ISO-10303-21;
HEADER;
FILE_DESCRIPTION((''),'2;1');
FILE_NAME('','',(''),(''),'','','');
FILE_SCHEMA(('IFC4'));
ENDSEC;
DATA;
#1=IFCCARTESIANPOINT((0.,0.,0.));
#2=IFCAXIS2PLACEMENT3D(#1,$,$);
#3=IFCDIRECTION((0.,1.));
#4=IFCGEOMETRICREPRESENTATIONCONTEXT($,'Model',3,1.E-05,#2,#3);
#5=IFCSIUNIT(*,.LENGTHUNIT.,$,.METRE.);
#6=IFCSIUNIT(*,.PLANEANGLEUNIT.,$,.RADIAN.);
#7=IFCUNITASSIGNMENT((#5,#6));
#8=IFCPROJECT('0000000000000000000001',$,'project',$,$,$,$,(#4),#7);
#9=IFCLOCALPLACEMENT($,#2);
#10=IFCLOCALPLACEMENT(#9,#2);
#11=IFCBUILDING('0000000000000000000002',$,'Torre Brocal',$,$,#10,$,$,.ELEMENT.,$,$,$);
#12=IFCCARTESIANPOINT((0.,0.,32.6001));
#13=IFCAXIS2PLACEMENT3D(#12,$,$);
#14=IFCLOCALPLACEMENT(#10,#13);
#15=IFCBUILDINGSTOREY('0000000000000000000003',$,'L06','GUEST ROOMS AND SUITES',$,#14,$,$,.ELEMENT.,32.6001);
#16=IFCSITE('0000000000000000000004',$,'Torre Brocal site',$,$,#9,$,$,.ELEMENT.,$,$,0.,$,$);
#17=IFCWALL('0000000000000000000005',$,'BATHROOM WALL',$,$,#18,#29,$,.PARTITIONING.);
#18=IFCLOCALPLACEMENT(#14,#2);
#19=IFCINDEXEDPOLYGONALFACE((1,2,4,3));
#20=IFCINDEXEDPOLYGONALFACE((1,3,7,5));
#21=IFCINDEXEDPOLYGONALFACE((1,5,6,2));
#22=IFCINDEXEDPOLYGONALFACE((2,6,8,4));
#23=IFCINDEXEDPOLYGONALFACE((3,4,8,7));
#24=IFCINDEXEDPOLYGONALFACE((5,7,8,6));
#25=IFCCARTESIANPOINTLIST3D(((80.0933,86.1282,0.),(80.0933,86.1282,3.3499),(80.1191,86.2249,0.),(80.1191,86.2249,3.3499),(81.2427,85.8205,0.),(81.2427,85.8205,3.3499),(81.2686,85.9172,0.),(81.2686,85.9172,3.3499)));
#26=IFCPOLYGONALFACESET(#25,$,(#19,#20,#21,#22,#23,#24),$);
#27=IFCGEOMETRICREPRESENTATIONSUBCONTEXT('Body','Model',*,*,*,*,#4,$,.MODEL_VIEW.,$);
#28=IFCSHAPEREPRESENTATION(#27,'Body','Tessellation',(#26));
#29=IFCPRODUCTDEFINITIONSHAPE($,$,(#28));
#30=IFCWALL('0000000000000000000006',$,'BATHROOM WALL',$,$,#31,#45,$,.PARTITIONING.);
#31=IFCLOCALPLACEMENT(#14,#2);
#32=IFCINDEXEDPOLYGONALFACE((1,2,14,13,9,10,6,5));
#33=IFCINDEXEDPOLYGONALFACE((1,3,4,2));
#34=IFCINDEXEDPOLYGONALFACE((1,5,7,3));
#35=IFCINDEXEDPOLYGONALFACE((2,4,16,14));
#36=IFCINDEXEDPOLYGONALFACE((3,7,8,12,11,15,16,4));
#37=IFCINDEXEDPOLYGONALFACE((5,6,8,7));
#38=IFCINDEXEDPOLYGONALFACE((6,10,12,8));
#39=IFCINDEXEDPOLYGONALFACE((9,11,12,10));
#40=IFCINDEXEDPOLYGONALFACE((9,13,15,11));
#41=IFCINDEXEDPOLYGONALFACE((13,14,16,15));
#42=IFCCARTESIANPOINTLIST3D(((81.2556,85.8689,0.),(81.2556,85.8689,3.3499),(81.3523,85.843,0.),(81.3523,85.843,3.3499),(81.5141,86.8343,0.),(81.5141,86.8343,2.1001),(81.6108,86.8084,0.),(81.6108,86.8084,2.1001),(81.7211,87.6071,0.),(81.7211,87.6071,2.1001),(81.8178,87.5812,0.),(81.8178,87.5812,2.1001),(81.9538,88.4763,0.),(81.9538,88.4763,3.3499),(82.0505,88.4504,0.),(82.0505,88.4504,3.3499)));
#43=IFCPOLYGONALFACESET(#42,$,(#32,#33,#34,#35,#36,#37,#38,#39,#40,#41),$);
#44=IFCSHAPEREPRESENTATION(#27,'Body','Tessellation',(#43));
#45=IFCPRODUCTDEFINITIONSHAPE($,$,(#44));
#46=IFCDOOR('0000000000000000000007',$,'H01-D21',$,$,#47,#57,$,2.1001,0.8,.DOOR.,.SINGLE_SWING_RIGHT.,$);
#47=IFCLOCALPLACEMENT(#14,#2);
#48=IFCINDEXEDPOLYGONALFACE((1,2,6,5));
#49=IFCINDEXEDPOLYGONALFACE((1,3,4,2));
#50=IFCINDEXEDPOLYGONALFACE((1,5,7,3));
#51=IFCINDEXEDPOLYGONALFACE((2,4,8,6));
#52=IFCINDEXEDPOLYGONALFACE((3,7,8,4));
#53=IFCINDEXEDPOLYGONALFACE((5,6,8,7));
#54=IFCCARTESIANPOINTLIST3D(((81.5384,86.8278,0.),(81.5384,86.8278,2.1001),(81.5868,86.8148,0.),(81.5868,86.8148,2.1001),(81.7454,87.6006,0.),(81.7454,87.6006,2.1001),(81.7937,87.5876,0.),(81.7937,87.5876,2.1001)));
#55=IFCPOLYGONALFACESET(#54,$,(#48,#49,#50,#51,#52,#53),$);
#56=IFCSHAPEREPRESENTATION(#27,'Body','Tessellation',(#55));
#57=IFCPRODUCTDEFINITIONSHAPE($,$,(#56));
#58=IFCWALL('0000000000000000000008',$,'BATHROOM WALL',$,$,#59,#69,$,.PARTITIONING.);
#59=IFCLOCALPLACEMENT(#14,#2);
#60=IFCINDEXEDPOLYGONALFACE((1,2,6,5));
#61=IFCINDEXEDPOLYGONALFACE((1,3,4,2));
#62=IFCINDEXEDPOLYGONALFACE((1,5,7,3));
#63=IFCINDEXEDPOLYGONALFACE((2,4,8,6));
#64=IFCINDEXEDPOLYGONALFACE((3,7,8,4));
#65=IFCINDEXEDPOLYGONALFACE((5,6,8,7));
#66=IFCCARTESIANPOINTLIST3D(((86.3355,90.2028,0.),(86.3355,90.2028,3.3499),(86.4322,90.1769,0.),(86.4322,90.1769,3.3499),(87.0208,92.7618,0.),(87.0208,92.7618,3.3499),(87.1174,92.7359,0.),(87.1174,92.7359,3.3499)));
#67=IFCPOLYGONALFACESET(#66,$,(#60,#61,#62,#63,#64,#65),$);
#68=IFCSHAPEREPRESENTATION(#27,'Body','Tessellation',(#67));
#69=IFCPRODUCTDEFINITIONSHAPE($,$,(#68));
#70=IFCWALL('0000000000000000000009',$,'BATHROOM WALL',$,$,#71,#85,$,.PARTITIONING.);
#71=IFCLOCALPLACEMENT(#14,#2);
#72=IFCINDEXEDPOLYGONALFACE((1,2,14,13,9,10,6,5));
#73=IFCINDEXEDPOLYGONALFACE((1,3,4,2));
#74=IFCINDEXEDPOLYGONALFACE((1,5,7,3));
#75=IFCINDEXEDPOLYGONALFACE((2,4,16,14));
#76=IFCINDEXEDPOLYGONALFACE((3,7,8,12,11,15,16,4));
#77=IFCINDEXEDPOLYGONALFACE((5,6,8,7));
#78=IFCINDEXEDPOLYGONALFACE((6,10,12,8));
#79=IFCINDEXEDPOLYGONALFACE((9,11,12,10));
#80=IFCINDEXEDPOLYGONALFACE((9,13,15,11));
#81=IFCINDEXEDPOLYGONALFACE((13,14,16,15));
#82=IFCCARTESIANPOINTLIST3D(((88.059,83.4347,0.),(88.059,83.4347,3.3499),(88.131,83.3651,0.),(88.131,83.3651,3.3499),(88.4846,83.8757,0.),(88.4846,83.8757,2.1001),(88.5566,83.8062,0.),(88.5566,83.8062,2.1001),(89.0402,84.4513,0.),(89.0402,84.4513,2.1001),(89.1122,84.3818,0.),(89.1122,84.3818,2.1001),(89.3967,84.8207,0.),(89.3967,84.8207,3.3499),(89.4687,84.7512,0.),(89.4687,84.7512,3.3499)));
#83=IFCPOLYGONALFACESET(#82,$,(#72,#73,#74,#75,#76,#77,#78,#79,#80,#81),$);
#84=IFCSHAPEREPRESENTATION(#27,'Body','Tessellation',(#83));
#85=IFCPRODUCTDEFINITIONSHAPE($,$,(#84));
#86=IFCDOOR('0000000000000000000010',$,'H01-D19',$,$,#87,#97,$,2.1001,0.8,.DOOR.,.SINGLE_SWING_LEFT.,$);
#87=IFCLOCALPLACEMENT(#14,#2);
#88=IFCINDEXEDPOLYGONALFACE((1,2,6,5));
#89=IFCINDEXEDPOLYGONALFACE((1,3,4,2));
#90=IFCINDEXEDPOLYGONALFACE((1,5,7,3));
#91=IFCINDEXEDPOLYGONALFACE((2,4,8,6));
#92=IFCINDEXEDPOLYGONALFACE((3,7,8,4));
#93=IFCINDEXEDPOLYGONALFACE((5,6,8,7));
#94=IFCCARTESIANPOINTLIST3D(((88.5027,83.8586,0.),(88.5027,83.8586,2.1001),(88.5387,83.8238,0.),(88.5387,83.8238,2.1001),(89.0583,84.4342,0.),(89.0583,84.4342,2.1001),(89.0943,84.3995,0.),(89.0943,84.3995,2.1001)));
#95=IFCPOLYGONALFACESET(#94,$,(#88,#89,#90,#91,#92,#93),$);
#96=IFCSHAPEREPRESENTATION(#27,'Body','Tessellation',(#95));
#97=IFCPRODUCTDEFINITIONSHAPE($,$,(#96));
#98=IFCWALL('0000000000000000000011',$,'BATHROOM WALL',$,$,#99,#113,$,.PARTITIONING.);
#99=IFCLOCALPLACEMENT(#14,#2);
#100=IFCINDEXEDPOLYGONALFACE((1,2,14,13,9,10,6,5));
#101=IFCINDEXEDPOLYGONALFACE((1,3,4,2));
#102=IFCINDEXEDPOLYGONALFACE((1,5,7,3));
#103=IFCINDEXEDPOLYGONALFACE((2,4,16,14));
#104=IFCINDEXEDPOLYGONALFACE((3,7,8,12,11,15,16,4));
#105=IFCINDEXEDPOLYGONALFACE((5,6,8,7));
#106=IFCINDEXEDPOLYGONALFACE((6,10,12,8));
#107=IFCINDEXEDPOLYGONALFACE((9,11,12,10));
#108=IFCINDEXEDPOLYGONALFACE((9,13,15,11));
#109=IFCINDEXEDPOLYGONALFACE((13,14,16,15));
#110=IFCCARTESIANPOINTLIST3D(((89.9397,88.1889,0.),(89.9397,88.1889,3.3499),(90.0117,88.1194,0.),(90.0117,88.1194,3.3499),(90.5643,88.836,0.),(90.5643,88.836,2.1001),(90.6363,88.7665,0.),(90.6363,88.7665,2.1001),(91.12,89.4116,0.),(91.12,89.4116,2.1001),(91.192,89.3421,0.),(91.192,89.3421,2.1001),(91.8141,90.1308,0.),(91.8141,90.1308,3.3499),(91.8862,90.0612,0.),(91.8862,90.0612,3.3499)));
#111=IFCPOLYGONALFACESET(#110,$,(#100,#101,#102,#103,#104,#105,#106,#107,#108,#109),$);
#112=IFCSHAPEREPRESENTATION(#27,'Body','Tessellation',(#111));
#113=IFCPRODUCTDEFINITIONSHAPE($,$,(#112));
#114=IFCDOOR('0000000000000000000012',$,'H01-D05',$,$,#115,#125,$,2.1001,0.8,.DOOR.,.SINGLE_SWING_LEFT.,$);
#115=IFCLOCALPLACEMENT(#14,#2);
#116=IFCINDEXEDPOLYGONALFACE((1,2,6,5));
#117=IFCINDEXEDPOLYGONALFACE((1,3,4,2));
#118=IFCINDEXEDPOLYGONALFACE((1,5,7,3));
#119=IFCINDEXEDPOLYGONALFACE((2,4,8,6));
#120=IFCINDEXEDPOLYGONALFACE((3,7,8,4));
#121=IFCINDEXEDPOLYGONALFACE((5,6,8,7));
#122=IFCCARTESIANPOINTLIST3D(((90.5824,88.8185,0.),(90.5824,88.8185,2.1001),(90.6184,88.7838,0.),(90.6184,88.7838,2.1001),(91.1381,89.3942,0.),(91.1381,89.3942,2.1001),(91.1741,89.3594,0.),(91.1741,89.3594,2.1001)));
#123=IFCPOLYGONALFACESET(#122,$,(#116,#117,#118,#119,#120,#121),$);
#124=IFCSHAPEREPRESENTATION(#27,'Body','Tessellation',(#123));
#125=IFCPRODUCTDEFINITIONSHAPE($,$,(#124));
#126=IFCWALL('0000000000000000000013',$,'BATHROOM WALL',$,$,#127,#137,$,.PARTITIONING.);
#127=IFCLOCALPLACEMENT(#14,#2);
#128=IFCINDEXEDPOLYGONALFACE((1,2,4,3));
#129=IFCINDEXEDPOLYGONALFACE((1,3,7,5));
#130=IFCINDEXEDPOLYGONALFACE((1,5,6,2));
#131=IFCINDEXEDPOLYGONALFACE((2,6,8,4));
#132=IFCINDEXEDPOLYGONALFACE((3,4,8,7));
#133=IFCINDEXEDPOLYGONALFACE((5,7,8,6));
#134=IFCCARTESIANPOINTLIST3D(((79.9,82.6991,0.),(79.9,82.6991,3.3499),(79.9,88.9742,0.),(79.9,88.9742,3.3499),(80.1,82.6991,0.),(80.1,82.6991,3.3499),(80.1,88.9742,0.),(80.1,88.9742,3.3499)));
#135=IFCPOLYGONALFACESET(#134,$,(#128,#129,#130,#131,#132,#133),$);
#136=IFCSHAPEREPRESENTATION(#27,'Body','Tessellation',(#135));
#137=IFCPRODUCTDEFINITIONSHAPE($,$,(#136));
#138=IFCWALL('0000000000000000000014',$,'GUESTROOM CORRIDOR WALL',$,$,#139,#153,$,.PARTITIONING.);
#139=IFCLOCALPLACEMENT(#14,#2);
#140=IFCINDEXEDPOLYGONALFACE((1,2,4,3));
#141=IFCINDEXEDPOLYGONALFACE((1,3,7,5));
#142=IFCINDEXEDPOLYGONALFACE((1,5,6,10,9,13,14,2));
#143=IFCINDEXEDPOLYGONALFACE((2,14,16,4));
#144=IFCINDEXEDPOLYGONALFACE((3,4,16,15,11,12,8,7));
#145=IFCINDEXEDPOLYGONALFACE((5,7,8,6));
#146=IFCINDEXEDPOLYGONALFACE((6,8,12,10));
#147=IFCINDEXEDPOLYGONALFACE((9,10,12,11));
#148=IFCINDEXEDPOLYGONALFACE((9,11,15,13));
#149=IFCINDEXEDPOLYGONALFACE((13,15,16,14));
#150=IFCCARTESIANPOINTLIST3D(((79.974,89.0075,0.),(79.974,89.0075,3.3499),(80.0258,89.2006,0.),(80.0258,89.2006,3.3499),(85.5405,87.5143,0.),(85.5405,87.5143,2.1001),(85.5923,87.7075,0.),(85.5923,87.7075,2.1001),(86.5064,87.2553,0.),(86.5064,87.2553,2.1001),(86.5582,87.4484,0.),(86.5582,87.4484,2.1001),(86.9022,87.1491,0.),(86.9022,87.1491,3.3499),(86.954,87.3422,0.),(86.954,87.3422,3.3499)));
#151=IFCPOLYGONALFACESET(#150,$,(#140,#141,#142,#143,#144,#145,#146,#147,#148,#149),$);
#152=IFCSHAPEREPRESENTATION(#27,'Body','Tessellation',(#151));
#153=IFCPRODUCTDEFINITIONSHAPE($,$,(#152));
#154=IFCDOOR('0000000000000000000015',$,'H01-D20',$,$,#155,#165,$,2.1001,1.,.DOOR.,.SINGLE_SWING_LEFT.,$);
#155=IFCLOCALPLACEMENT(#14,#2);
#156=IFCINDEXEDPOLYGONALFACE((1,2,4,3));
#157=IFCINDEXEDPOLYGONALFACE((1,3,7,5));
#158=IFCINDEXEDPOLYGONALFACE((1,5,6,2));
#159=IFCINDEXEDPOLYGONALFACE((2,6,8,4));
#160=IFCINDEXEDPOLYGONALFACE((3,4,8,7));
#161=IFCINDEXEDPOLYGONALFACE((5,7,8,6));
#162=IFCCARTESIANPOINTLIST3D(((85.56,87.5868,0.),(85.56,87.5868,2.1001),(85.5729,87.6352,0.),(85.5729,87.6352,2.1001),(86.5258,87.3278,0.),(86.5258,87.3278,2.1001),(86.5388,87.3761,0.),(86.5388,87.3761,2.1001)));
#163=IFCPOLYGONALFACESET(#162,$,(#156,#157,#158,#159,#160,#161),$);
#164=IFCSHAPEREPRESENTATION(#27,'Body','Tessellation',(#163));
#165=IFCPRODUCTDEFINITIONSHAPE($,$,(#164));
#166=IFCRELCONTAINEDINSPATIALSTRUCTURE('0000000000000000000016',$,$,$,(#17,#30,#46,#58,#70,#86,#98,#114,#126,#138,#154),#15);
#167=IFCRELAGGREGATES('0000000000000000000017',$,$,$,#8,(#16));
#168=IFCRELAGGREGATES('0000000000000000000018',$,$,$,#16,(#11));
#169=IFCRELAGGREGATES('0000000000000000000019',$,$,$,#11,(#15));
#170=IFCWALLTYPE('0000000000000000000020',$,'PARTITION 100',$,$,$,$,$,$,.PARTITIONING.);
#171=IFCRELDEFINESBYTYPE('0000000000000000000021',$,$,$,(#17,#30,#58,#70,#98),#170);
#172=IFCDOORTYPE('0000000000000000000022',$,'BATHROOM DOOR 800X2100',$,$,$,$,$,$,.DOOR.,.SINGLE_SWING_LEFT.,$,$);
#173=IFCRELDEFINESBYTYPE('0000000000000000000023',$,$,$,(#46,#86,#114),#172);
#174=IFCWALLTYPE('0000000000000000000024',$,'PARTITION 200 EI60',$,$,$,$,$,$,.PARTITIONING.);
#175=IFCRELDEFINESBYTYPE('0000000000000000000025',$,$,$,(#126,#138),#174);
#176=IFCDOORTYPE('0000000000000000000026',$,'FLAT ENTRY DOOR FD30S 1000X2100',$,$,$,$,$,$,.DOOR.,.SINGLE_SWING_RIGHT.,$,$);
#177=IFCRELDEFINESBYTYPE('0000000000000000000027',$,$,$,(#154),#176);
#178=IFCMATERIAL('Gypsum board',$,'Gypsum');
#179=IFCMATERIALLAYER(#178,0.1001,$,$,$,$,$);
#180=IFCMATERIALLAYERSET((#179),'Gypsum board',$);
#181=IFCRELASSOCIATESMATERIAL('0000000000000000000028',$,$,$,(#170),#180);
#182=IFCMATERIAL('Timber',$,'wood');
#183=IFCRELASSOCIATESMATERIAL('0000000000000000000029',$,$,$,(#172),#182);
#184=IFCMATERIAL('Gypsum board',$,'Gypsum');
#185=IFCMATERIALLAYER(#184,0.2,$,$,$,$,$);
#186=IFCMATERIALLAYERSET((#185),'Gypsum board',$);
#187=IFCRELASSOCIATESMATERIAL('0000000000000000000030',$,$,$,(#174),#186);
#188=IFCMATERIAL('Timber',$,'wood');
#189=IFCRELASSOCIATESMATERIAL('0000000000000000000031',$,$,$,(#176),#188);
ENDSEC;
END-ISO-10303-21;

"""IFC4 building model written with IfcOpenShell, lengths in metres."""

from ifc_helpers import new_model, si_unit, direction, frame, frame_2d, origin, place, context, subcontext, project, spatial, rectangle, extrude, material, layer, layer_set, type_object, element, fill, save


model = new_model("IFC4")

# Units and contexts
model_context = context("Model", 3, precision=1e-05, world=origin(), true_north=direction((0.0, 1.0)))
body_context = subcontext(model_context, "Body", "Model", "MODEL_VIEW")
ifc_project = project(units=[si_unit("LENGTHUNIT", "METRE"), si_unit("PLANEANGLEUNIT", "RADIAN")], contexts=[model_context])

# Site, building, storey
site_placement = place(None, origin())
site = spatial("IfcSite", under=ifc_project, at=site_placement, Name="Torre Brocal site", CompositionType="ELEMENT", RefElevation=0.0)
building_placement = place(site_placement, origin())
building = spatial("IfcBuilding", under=site, at=building_placement, Name="Torre Brocal", CompositionType="ELEMENT")
storey_placement = place(building_placement, frame((0.0, 0.0, 32.6001)))
storey = spatial("IfcBuildingStorey", under=building, at=storey_placement, Name="L06", Description="GUEST ROOMS AND SUITES", CompositionType="ELEMENT", Elevation=32.6001)

# Wall
ifc_material_1 = material(Name="Gypsum board", Category="Gypsum")
ifc_layer_1 = layer(ifc_material_1, 0.1001)
ifc_layer_set_1 = layer_set([ifc_layer_1], Name="Gypsum board")
wall_type_1 = type_object("IfcWallType", Name="PARTITION 100", PredefinedType="PARTITIONING", material=ifc_layer_set_1)
wall_1_placement = place(storey_placement, frame((80.1062, 86.1765, 0.0), z_axis=(0.0, 0.0, 1.0), x_axis=(0.966003, -0.258531, 0.0)))
element("IfcWall", 1, at=wall_1_placement, inside=storey, type_object=wall_type_1, Name="BATHROOM WALL", PredefinedType="PARTITIONING", context=body_context, shape_type="SweptSolid", body=[
    extrude(rectangle(XDim=1.1899, YDim=0.1001, at=frame_2d((0.595, 0.0))), origin(), (0.0, 0.0, 1.0), 3.3499),
])

# Wall, opening, door
wall_2_placement = place(storey_placement, frame((81.304, 85.856, 0.0), z_axis=(0.0, 0.0, 1.0), x_axis=(0.258676, 0.965964, 0.0)))
wall_2 = element("IfcWall", 2, at=wall_2_placement, inside=storey, type_object=wall_type_1, Name="BATHROOM WALL", PredefinedType="PARTITIONING", context=body_context, shape_type="SweptSolid", body=[
    extrude(rectangle(XDim=2.6992, YDim=0.1001, at=frame_2d((1.3496, 0.0))), origin(), (0.0, 0.0, 1.0), 3.3499),
])
opening_1_placement = place(wall_2_placement, frame((0.9995, 0.0, 0.0)))
opening_1 = element("IfcOpeningElement", 3, at=opening_1_placement, cuts=wall_2, PredefinedType="OPENING", context=body_context, shape_type="SweptSolid", body=[
    extrude(rectangle(XDim=0.8, YDim=2.1001, at=frame_2d((0.3999, 1.05))), frame((0.0, 0.0601, 0.0), z_axis=(0.0, -1.0, 0.0), x_axis=(1.0, 0.0, 0.0)), (0.0, 0.0, 1.0), 0.1201),
])
ifc_material_2 = material(Name="Timber", Category="wood")
door_type_1 = type_object("IfcDoorType", Name="BATHROOM DOOR 800X2100", OperationType="SINGLE_SWING_LEFT", PredefinedType="DOOR", material=ifc_material_2)
door_1_placement = place(opening_1_placement, origin())
door_1 = element("IfcDoor", 4, at=door_1_placement, inside=storey, type_object=door_type_1, Name="H01-D21", OperationType="SINGLE_SWING_RIGHT", OverallHeight=2.1001, OverallWidth=0.8, PredefinedType="DOOR", context=body_context, shape_type="SweptSolid", body=[
    extrude(rectangle(XDim=0.8, YDim=2.1001, at=frame_2d((0.3999, 1.05))), frame((0.0, 0.0249, 0.0), z_axis=(0.0, -1.0, 0.0), x_axis=(1.0, 0.0, 0.0)), (0.0, 0.0, 1.0), 0.05),
])
fill(opening_1, door_1)

# Wall
wall_3_placement = place(storey_placement, frame((86.3838, 90.1897, 0.0), z_axis=(0.0, 0.0, 1.0), x_axis=(0.258678, 0.965964, 0.0)))
element("IfcWall", 5, at=wall_3_placement, inside=storey, type_object=wall_type_1, Name="BATHROOM WALL", PredefinedType="PARTITIONING", context=body_context, shape_type="SweptSolid", body=[
    extrude(rectangle(XDim=2.6492, YDim=0.1001, at=frame_2d((1.3247, 0.0))), origin(), (0.0, 0.0, 1.0), 3.3499),
])

# Walls, openings, doors
wall_4_placement = place(storey_placement, frame((88.095, 83.3999, 0.0), z_axis=(0.0, 0.0, 1.0), x_axis=(0.694447, 0.719543, 0.0)))
wall_4 = element("IfcWall", 6, at=wall_4_placement, inside=storey, type_object=wall_type_1, Name="BATHROOM WALL", PredefinedType="PARTITIONING", context=body_context, shape_type="SweptSolid", body=[
    extrude(rectangle(XDim=1.9263, YDim=0.1001, at=frame_2d((0.9631, 0.0))), origin(), (0.0, 0.0, 1.0), 3.3499),
])
opening_2_placement = place(wall_4_placement, frame((0.613, 0.0, 0.0)))
opening_2 = element("IfcOpeningElement", 7, at=opening_2_placement, cuts=wall_4, PredefinedType="OPENING", context=body_context, shape_type="SweptSolid", body=[
    extrude(rectangle(XDim=0.8, YDim=2.1001, at=frame_2d((0.3999, 1.05))), frame((0.0, 0.0601, 0.0), z_axis=(0.0, -1.0, 0.0), x_axis=(1.0, 0.0, 0.0)), (0.0, 0.0, 1.0), 0.1201),
])
door_2_placement = place(opening_2_placement, frame((0.8, 0.0, 0.0), z_axis=(0.0, 0.0, 1.0), x_axis=(-1.0, 0.0, 0.0)))
door_2 = element("IfcDoor", 8, at=door_2_placement, inside=storey, type_object=door_type_1, Name="H01-D19", OperationType="SINGLE_SWING_LEFT", OverallHeight=2.1001, OverallWidth=0.8, PredefinedType="DOOR", context=body_context, shape_type="SweptSolid", body=[
    extrude(rectangle(XDim=0.8, YDim=2.1001, at=frame_2d((0.3999, 1.05))), frame((0.0, 0.0249, 0.0), z_axis=(0.0, -1.0, 0.0), x_axis=(1.0, 0.0, 0.0)), (0.0, 0.0, 1.0), 0.05),
])
fill(opening_2, door_2)
wall_5_placement = place(storey_placement, frame((89.9756, 88.1541, 0.0), z_axis=(0.0, 0.0, 1.0), x_axis=(0.694514, 0.719479, 0.0)))
wall_5 = element("IfcWall", 9, at=wall_5_placement, inside=storey, type_object=wall_type_1, Name="BATHROOM WALL", PredefinedType="PARTITIONING", context=body_context, shape_type="SweptSolid", body=[
    extrude(rectangle(XDim=2.699, YDim=0.1001, at=frame_2d((1.3496, 0.0))), origin(), (0.0, 0.0, 1.0), 3.3499),
])
opening_3_placement = place(wall_5_placement, frame((0.8997, 0.0, 0.0)))
opening_3 = element("IfcOpeningElement", 10, at=opening_3_placement, cuts=wall_5, PredefinedType="OPENING", context=body_context, shape_type="SweptSolid", body=[
    extrude(rectangle(XDim=0.8, YDim=2.1001, at=frame_2d((0.3999, 1.05))), frame((0.0, 0.0601, 0.0), z_axis=(0.0, -1.0, 0.0), x_axis=(1.0, 0.0, 0.0)), (0.0, 0.0, 1.0), 0.1201),
])
door_3_placement = place(opening_3_placement, origin())
door_3 = element("IfcDoor", 11, at=door_3_placement, inside=storey, type_object=door_type_1, Name="H01-D05", OperationType="SINGLE_SWING_LEFT", OverallHeight=2.1001, OverallWidth=0.8, PredefinedType="DOOR", context=body_context, shape_type="SweptSolid", body=[
    extrude(rectangle(XDim=0.8, YDim=2.1001, at=frame_2d((0.3999, 1.05))), frame((0.0, 0.0249, 0.0), z_axis=(0.0, -1.0, 0.0), x_axis=(1.0, 0.0, 0.0)), (0.0, 0.0, 1.0), 0.05),
])
fill(opening_3, door_3)

# Wall
ifc_material_3 = material(Name="Gypsum board", Category="Gypsum")
ifc_layer_2 = layer(ifc_material_3, 0.2)
ifc_layer_set_2 = layer_set([ifc_layer_2], Name="Gypsum board")
wall_type_2 = type_object("IfcWallType", Name="PARTITION 200 EI60", PredefinedType="PARTITIONING", material=ifc_layer_set_2)
wall_6_placement = place(storey_placement, frame((80.0, 82.699, 0.0), z_axis=(0.0, 0.0, 1.0), x_axis=(0.0, 1.0, 0.0)))
element("IfcWall", 12, at=wall_6_placement, inside=storey, type_object=wall_type_2, Name="BATHROOM WALL", PredefinedType="PARTITIONING", context=body_context, shape_type="SweptSolid", body=[
    extrude(rectangle(XDim=6.2751, YDim=0.2, at=frame_2d((3.1377, 0.0))), origin(), (0.0, 0.0, 1.0), 3.3499),
])

# Wall, opening, door
wall_7_placement = place(storey_placement, frame((80.0, 89.104, 0.0), z_axis=(0.0, 0.0, 1.0), x_axis=(0.965857, -0.259077, 0.0)))
wall_7 = element("IfcWall", 13, at=wall_7_placement, inside=storey, type_object=wall_type_2, Name="GUESTROOM CORRIDOR WALL", PredefinedType="PARTITIONING", context=body_context, shape_type="SweptSolid", body=[
    extrude(rectangle(XDim=7.1731, YDim=0.2, at=frame_2d((3.5864, 0.0))), origin(), (0.0, 0.0, 1.0), 3.3499),
])
opening_4_placement = place(wall_7_placement, frame((5.7632, 0.0, 0.0)))
opening_4 = element("IfcOpeningElement", 14, at=opening_4_placement, cuts=wall_7, PredefinedType="OPENING", context=body_context, shape_type="SweptSolid", body=[
    extrude(rectangle(XDim=1.0, YDim=2.1001, at=frame_2d((0.5, 1.05))), frame((0.0, 0.1099, 0.0), z_axis=(0.0, -1.0, 0.0), x_axis=(1.0, 0.0, 0.0)), (0.0, 0.0, 1.0), 0.22),
])
ifc_material_4 = material(Name="Timber", Category="wood")
door_type_2 = type_object("IfcDoorType", Name="FLAT ENTRY DOOR FD30S 1000X2100", OperationType="SINGLE_SWING_RIGHT", PredefinedType="DOOR", material=ifc_material_4)
door_4_placement = place(opening_4_placement, frame((1.0, 0.0, 0.0), z_axis=(0.0, 0.0, 1.0), x_axis=(-1.0, 0.0, 0.0)))
door_4 = element("IfcDoor", 15, at=door_4_placement, inside=storey, type_object=door_type_2, Name="H01-D20", OperationType="SINGLE_SWING_LEFT", OverallHeight=2.1001, OverallWidth=1.0, PredefinedType="DOOR", context=body_context, shape_type="SweptSolid", body=[
    extrude(rectangle(XDim=1.0, YDim=2.1001, at=frame_2d((0.5, 1.05))), frame((0.0, 0.0249, 0.0), z_axis=(0.0, -1.0, 0.0), x_axis=(1.0, 0.0, 0.0)), (0.0, 0.0, 1.0), 0.05),
])
fill(opening_4, door_4)

save(model, "model.ifc")
